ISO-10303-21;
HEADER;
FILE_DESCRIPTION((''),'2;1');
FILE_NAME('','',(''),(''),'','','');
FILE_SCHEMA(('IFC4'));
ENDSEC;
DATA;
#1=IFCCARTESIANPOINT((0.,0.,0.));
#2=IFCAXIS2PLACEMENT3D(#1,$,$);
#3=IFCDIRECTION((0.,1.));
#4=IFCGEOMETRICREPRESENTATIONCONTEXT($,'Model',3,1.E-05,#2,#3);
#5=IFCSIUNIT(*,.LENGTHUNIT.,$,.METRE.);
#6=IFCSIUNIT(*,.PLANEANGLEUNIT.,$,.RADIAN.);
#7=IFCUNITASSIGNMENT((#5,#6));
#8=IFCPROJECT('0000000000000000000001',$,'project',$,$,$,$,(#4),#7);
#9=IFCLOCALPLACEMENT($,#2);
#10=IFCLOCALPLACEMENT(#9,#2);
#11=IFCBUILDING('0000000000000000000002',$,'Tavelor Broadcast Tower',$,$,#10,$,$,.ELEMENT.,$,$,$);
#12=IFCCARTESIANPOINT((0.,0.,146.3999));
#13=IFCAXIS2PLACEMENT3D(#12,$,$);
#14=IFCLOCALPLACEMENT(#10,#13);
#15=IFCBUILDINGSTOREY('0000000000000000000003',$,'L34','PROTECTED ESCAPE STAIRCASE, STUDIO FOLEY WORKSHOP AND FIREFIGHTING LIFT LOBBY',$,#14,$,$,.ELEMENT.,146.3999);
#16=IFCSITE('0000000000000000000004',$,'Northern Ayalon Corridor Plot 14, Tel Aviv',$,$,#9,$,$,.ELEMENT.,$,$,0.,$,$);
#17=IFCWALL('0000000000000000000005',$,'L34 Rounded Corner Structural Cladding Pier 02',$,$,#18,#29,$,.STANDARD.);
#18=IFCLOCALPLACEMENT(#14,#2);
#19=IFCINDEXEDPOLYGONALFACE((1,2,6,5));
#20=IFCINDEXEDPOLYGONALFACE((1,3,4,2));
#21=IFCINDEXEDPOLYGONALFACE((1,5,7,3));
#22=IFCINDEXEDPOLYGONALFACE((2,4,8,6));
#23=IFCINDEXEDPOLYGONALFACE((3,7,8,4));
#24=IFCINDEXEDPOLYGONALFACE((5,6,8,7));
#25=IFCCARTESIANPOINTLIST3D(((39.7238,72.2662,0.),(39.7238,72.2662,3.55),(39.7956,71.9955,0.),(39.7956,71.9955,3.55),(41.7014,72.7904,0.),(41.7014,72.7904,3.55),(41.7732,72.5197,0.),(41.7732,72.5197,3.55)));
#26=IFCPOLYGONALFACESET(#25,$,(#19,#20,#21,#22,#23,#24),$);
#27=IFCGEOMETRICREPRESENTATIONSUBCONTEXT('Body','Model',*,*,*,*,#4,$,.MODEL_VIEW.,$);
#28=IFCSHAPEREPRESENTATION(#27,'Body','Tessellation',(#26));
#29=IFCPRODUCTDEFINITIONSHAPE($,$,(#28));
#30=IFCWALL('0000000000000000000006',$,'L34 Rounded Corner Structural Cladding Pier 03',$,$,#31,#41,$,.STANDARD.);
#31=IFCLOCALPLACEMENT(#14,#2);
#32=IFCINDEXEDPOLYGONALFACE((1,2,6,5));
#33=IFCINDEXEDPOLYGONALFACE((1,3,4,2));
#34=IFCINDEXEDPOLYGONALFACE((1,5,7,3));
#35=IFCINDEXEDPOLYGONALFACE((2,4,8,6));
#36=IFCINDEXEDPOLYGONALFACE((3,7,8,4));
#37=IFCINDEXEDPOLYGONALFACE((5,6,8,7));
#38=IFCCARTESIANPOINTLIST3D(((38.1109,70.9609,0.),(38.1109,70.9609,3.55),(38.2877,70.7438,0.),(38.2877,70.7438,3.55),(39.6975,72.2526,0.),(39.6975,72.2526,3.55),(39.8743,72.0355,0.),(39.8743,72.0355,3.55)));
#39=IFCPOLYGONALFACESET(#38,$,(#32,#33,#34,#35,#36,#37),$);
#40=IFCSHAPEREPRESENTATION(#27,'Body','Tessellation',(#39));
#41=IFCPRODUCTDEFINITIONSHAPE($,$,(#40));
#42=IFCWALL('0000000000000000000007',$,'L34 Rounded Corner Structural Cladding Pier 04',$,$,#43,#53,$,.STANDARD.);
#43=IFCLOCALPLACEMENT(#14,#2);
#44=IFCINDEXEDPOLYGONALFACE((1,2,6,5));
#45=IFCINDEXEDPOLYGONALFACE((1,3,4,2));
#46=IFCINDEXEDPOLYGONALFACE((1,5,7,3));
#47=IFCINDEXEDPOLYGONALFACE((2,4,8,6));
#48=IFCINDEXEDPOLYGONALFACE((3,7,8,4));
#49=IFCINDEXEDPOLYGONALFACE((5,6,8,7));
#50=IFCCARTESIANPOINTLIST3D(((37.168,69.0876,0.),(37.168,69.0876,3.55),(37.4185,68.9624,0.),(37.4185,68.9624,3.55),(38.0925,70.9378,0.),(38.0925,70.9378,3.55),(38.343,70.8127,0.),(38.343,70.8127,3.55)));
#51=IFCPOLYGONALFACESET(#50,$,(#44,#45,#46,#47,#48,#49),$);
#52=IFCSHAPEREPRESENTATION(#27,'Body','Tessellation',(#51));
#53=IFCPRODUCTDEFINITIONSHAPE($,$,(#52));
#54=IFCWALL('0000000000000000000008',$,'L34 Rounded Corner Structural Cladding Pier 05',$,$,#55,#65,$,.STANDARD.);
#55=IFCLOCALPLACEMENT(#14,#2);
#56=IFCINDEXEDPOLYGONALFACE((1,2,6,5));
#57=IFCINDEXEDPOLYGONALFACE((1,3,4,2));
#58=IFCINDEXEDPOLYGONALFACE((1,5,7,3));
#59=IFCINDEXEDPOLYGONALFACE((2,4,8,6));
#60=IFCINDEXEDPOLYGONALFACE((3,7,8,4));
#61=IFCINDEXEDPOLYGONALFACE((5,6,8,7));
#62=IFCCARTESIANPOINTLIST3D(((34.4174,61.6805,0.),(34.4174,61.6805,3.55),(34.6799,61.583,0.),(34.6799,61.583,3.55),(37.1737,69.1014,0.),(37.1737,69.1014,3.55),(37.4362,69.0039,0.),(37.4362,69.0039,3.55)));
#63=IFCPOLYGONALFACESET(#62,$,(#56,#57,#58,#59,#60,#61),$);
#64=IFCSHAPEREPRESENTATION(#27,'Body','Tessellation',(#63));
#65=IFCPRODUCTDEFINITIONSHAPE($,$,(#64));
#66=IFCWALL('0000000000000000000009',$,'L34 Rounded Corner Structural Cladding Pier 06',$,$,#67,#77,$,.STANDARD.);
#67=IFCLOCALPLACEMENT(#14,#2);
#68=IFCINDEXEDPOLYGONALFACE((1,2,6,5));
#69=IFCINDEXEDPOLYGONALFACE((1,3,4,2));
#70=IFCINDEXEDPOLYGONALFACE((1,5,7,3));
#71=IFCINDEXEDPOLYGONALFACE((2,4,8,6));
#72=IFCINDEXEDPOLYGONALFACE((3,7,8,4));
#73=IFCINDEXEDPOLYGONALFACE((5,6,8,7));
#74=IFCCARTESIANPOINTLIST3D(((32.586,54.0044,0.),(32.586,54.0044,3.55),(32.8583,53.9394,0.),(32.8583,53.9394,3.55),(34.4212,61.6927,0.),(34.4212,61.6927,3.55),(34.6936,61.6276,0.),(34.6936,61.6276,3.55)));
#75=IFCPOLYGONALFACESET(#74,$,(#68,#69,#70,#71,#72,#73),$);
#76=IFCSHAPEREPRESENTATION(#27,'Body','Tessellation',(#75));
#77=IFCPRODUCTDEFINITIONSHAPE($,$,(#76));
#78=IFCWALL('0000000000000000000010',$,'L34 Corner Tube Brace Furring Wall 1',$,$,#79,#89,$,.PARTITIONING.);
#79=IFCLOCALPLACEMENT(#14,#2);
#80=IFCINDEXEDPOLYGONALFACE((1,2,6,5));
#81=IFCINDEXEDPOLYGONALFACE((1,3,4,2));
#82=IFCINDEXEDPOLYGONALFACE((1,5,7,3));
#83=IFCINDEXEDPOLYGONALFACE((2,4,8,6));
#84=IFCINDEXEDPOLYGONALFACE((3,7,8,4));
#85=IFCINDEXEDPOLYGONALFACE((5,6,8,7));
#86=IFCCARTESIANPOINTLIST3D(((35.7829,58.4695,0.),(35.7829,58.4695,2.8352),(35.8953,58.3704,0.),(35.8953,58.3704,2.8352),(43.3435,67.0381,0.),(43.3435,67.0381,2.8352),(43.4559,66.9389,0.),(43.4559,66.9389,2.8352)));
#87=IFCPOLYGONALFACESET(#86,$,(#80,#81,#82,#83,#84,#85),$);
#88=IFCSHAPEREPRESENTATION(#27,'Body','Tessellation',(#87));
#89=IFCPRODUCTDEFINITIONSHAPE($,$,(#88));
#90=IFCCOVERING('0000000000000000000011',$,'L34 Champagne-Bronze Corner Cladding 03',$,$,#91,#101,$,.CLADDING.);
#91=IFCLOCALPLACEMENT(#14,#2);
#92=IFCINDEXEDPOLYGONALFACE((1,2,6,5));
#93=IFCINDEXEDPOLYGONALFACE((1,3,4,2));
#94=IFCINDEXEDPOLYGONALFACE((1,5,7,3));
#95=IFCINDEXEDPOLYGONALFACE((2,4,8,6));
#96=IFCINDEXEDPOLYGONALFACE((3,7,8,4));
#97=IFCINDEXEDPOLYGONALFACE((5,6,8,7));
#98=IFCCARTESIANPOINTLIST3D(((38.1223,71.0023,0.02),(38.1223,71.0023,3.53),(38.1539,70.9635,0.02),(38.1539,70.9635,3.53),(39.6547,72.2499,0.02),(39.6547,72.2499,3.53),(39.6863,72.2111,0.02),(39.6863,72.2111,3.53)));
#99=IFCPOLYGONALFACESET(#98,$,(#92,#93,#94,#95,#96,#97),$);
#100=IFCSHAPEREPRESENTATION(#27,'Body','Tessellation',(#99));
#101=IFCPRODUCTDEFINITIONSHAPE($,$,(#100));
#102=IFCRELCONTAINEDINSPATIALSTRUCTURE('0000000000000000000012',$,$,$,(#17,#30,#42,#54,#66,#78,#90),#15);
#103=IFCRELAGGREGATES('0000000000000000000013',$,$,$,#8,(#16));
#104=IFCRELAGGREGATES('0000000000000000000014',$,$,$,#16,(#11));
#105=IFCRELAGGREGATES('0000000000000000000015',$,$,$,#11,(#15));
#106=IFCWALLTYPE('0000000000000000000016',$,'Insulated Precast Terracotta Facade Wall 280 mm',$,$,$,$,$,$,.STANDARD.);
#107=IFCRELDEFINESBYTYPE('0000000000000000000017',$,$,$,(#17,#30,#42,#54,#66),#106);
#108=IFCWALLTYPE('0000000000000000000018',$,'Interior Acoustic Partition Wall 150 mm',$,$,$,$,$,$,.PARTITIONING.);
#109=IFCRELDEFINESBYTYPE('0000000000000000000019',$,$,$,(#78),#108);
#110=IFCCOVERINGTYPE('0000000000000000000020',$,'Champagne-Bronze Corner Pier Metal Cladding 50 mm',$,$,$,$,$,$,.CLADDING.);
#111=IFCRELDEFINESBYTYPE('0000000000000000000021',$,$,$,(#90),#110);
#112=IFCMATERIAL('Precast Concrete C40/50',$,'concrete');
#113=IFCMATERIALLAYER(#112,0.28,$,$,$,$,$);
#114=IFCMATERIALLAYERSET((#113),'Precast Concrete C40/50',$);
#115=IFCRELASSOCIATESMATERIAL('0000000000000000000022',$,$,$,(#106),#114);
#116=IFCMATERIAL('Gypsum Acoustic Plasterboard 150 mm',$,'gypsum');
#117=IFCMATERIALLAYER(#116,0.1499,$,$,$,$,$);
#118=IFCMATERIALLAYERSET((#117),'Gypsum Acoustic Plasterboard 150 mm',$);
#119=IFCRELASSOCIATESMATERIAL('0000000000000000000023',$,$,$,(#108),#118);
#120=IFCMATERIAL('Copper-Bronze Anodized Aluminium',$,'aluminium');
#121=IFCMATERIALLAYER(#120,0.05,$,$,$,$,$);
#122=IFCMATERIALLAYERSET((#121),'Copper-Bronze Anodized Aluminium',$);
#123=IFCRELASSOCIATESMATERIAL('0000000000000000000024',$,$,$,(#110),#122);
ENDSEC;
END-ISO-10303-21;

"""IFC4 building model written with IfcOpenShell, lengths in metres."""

from ifc_helpers import new_model, si_unit, direction, frame, frame_2d, origin, origin_2d, place, context, subcontext, project, spatial, rectangle, extrude, material, layer, layer_set, type_object, element, save


model = new_model("IFC4")

# Units and contexts
model_context = context("Model", 3, precision=1e-05, world=origin(), true_north=direction((0.0, 1.0)))
body_context = subcontext(model_context, "Body", "Model", "MODEL_VIEW")
ifc_project = project(units=[si_unit("LENGTHUNIT", "METRE"), si_unit("PLANEANGLEUNIT", "RADIAN")], contexts=[model_context])

# Site, building, storey
site_placement = place(None, origin())
site = spatial("IfcSite", under=ifc_project, at=site_placement, Name="Northern Ayalon Corridor Plot 14, Tel Aviv", CompositionType="ELEMENT", RefElevation=0.0)
building_placement = place(site_placement, origin())
building = spatial("IfcBuilding", under=site, at=building_placement, Name="Tavelor Broadcast Tower", CompositionType="ELEMENT")
storey_placement = place(building_placement, frame((0.0, 0.0, 146.3999)))
storey = spatial("IfcBuildingStorey", under=building, at=storey_placement, Name="L34", Description="PROTECTED ESCAPE STAIRCASE, STUDIO FOLEY WORKSHOP AND FIREFIGHTING LIFT LOBBY", CompositionType="ELEMENT", Elevation=146.3999)

# Walls
ifc_material_1 = material(Name="Precast Concrete C40/50", Category="concrete")
ifc_layer_1 = layer(ifc_material_1, 0.28)
ifc_layer_set_1 = layer_set([ifc_layer_1], Name="Precast Concrete C40/50")
wall_type_1 = type_object("IfcWallType", Name="Insulated Precast Terracotta Facade Wall 280 mm", PredefinedType="STANDARD", material=ifc_layer_set_1)
for number, where, z_axis, x_axis, name in (
    (1, (41.7373, 72.655, 0.0), (0.0, 0.0, 1.0), (-0.96662, -0.256214, 0.0), "L34 Rounded Corner Structural Cladding Pier 02"),
    (2, (39.7859, 72.144, 0.0), (0.0, 0.0, 1.0), (-0.775497, -0.631352, 0.0), "L34 Rounded Corner Structural Cladding Pier 03"),
):
    element("IfcWall", number, at=place(storey_placement, frame(where, z_axis=z_axis, x_axis=x_axis)), inside=storey, type_object=wall_type_1, Name=name, PredefinedType="STANDARD", context=body_context, shape_type="SweptSolid", body=[
        extrude(rectangle(XDim=2.0459, YDim=0.28, at=frame_2d((1.0229, 0.0))), origin(), (0.0, 0.0, 1.0), 3.55),
    ])
wall_1_placement = place(storey_placement, frame((38.2178, 70.8752, 0.0), z_axis=(0.0, 0.0, 1.0), x_axis=(-0.446978, -0.894545, 0.0)))
element("IfcWall", 3, at=wall_1_placement, inside=storey, type_object=wall_type_1, Name="L34 Rounded Corner Structural Cladding Pier 04", PredefinedType="STANDARD", context=body_context, shape_type="SweptSolid", body=[
    extrude(rectangle(XDim=2.0684, YDim=0.28, at=frame_2d((1.0342, 0.0))), origin(), (0.0, 0.0, 1.0), 3.55),
])
wall_2_placement = place(storey_placement, frame((37.3049, 69.0525, 0.0), z_axis=(0.0, 0.0, 1.0), x_axis=(-0.348188, -0.937425, 0.0)))
element("IfcWall", 4, at=wall_2_placement, inside=storey, type_object=wall_type_1, Name="L34 Rounded Corner Structural Cladding Pier 05", PredefinedType="STANDARD", context=body_context, shape_type="SweptSolid", body=[
    extrude(rectangle(XDim=7.9163, YDim=0.28, at=frame_2d((3.958, 0.0))), origin(), (0.0, 0.0, 1.0), 3.55),
])
wall_3_placement = place(storey_placement, frame((34.5574, 61.6602, 0.0), z_axis=(0.0, 0.0, 1.0), x_axis=(-0.23218, -0.972673, 0.0)))
element("IfcWall", 5, at=wall_3_placement, inside=storey, type_object=wall_type_1, Name="L34 Rounded Corner Structural Cladding Pier 06", PredefinedType="STANDARD", context=body_context, shape_type="SweptSolid", body=[
    extrude(rectangle(XDim=7.9043, YDim=0.28, at=frame_2d((3.9521, 0.0))), origin(), (0.0, 0.0, 1.0), 3.55),
])
ifc_material_2 = material(Name="Gypsum Acoustic Plasterboard 150 mm", Category="gypsum")
ifc_layer_2 = layer(ifc_material_2, 0.1499)
ifc_layer_set_2 = layer_set([ifc_layer_2], Name="Gypsum Acoustic Plasterboard 150 mm")
wall_type_2 = type_object("IfcWallType", Name="Interior Acoustic Partition Wall 150 mm", PredefinedType="PARTITIONING", material=ifc_layer_set_2)
wall_4_placement = place(storey_placement, frame((43.3997, 66.9885, 0.0), z_axis=(0.0, 0.0, 1.0), x_axis=(-0.661622, -0.749837, 0.0)))
element("IfcWall", 6, at=wall_4_placement, inside=storey, type_object=wall_type_2, Name="L34 Corner Tube Brace Furring Wall 1", PredefinedType="PARTITIONING", context=body_context, shape_type="SweptSolid", body=[
    extrude(rectangle(XDim=11.4272, YDim=0.1499, at=frame_2d((5.7136, 0.0))), origin(), (0.0, 0.0, 1.0), 2.8352),
])

# Covering
ifc_material_3 = material(Name="Copper-Bronze Anodized Aluminium", Category="aluminium")
ifc_layer_3 = layer(ifc_material_3, 0.05)
ifc_layer_set_3 = layer_set([ifc_layer_3], Name="Copper-Bronze Anodized Aluminium")
covering_type = type_object("IfcCoveringType", Name="Champagne-Bronze Corner Pier Metal Cladding 50 mm", PredefinedType="CLADDING", material=ifc_layer_set_3)
covering_placement = place(storey_placement, frame((38.9043, 71.6067, 0.02), z_axis=(0.0, 0.0, 1.0), x_axis=(-0.775496, -0.631353, 0.0)))
element("IfcCovering", 7, at=covering_placement, inside=storey, type_object=covering_type, Name="L34 Champagne-Bronze Corner Cladding 03", PredefinedType="CLADDING", context=body_context, shape_type="SweptSolid", body=[
    extrude(rectangle(XDim=1.9761, YDim=0.05, at=origin_2d()), origin(), (0.0, 0.0, 1.0), 3.51),
])

save(model, "model.ifc")
